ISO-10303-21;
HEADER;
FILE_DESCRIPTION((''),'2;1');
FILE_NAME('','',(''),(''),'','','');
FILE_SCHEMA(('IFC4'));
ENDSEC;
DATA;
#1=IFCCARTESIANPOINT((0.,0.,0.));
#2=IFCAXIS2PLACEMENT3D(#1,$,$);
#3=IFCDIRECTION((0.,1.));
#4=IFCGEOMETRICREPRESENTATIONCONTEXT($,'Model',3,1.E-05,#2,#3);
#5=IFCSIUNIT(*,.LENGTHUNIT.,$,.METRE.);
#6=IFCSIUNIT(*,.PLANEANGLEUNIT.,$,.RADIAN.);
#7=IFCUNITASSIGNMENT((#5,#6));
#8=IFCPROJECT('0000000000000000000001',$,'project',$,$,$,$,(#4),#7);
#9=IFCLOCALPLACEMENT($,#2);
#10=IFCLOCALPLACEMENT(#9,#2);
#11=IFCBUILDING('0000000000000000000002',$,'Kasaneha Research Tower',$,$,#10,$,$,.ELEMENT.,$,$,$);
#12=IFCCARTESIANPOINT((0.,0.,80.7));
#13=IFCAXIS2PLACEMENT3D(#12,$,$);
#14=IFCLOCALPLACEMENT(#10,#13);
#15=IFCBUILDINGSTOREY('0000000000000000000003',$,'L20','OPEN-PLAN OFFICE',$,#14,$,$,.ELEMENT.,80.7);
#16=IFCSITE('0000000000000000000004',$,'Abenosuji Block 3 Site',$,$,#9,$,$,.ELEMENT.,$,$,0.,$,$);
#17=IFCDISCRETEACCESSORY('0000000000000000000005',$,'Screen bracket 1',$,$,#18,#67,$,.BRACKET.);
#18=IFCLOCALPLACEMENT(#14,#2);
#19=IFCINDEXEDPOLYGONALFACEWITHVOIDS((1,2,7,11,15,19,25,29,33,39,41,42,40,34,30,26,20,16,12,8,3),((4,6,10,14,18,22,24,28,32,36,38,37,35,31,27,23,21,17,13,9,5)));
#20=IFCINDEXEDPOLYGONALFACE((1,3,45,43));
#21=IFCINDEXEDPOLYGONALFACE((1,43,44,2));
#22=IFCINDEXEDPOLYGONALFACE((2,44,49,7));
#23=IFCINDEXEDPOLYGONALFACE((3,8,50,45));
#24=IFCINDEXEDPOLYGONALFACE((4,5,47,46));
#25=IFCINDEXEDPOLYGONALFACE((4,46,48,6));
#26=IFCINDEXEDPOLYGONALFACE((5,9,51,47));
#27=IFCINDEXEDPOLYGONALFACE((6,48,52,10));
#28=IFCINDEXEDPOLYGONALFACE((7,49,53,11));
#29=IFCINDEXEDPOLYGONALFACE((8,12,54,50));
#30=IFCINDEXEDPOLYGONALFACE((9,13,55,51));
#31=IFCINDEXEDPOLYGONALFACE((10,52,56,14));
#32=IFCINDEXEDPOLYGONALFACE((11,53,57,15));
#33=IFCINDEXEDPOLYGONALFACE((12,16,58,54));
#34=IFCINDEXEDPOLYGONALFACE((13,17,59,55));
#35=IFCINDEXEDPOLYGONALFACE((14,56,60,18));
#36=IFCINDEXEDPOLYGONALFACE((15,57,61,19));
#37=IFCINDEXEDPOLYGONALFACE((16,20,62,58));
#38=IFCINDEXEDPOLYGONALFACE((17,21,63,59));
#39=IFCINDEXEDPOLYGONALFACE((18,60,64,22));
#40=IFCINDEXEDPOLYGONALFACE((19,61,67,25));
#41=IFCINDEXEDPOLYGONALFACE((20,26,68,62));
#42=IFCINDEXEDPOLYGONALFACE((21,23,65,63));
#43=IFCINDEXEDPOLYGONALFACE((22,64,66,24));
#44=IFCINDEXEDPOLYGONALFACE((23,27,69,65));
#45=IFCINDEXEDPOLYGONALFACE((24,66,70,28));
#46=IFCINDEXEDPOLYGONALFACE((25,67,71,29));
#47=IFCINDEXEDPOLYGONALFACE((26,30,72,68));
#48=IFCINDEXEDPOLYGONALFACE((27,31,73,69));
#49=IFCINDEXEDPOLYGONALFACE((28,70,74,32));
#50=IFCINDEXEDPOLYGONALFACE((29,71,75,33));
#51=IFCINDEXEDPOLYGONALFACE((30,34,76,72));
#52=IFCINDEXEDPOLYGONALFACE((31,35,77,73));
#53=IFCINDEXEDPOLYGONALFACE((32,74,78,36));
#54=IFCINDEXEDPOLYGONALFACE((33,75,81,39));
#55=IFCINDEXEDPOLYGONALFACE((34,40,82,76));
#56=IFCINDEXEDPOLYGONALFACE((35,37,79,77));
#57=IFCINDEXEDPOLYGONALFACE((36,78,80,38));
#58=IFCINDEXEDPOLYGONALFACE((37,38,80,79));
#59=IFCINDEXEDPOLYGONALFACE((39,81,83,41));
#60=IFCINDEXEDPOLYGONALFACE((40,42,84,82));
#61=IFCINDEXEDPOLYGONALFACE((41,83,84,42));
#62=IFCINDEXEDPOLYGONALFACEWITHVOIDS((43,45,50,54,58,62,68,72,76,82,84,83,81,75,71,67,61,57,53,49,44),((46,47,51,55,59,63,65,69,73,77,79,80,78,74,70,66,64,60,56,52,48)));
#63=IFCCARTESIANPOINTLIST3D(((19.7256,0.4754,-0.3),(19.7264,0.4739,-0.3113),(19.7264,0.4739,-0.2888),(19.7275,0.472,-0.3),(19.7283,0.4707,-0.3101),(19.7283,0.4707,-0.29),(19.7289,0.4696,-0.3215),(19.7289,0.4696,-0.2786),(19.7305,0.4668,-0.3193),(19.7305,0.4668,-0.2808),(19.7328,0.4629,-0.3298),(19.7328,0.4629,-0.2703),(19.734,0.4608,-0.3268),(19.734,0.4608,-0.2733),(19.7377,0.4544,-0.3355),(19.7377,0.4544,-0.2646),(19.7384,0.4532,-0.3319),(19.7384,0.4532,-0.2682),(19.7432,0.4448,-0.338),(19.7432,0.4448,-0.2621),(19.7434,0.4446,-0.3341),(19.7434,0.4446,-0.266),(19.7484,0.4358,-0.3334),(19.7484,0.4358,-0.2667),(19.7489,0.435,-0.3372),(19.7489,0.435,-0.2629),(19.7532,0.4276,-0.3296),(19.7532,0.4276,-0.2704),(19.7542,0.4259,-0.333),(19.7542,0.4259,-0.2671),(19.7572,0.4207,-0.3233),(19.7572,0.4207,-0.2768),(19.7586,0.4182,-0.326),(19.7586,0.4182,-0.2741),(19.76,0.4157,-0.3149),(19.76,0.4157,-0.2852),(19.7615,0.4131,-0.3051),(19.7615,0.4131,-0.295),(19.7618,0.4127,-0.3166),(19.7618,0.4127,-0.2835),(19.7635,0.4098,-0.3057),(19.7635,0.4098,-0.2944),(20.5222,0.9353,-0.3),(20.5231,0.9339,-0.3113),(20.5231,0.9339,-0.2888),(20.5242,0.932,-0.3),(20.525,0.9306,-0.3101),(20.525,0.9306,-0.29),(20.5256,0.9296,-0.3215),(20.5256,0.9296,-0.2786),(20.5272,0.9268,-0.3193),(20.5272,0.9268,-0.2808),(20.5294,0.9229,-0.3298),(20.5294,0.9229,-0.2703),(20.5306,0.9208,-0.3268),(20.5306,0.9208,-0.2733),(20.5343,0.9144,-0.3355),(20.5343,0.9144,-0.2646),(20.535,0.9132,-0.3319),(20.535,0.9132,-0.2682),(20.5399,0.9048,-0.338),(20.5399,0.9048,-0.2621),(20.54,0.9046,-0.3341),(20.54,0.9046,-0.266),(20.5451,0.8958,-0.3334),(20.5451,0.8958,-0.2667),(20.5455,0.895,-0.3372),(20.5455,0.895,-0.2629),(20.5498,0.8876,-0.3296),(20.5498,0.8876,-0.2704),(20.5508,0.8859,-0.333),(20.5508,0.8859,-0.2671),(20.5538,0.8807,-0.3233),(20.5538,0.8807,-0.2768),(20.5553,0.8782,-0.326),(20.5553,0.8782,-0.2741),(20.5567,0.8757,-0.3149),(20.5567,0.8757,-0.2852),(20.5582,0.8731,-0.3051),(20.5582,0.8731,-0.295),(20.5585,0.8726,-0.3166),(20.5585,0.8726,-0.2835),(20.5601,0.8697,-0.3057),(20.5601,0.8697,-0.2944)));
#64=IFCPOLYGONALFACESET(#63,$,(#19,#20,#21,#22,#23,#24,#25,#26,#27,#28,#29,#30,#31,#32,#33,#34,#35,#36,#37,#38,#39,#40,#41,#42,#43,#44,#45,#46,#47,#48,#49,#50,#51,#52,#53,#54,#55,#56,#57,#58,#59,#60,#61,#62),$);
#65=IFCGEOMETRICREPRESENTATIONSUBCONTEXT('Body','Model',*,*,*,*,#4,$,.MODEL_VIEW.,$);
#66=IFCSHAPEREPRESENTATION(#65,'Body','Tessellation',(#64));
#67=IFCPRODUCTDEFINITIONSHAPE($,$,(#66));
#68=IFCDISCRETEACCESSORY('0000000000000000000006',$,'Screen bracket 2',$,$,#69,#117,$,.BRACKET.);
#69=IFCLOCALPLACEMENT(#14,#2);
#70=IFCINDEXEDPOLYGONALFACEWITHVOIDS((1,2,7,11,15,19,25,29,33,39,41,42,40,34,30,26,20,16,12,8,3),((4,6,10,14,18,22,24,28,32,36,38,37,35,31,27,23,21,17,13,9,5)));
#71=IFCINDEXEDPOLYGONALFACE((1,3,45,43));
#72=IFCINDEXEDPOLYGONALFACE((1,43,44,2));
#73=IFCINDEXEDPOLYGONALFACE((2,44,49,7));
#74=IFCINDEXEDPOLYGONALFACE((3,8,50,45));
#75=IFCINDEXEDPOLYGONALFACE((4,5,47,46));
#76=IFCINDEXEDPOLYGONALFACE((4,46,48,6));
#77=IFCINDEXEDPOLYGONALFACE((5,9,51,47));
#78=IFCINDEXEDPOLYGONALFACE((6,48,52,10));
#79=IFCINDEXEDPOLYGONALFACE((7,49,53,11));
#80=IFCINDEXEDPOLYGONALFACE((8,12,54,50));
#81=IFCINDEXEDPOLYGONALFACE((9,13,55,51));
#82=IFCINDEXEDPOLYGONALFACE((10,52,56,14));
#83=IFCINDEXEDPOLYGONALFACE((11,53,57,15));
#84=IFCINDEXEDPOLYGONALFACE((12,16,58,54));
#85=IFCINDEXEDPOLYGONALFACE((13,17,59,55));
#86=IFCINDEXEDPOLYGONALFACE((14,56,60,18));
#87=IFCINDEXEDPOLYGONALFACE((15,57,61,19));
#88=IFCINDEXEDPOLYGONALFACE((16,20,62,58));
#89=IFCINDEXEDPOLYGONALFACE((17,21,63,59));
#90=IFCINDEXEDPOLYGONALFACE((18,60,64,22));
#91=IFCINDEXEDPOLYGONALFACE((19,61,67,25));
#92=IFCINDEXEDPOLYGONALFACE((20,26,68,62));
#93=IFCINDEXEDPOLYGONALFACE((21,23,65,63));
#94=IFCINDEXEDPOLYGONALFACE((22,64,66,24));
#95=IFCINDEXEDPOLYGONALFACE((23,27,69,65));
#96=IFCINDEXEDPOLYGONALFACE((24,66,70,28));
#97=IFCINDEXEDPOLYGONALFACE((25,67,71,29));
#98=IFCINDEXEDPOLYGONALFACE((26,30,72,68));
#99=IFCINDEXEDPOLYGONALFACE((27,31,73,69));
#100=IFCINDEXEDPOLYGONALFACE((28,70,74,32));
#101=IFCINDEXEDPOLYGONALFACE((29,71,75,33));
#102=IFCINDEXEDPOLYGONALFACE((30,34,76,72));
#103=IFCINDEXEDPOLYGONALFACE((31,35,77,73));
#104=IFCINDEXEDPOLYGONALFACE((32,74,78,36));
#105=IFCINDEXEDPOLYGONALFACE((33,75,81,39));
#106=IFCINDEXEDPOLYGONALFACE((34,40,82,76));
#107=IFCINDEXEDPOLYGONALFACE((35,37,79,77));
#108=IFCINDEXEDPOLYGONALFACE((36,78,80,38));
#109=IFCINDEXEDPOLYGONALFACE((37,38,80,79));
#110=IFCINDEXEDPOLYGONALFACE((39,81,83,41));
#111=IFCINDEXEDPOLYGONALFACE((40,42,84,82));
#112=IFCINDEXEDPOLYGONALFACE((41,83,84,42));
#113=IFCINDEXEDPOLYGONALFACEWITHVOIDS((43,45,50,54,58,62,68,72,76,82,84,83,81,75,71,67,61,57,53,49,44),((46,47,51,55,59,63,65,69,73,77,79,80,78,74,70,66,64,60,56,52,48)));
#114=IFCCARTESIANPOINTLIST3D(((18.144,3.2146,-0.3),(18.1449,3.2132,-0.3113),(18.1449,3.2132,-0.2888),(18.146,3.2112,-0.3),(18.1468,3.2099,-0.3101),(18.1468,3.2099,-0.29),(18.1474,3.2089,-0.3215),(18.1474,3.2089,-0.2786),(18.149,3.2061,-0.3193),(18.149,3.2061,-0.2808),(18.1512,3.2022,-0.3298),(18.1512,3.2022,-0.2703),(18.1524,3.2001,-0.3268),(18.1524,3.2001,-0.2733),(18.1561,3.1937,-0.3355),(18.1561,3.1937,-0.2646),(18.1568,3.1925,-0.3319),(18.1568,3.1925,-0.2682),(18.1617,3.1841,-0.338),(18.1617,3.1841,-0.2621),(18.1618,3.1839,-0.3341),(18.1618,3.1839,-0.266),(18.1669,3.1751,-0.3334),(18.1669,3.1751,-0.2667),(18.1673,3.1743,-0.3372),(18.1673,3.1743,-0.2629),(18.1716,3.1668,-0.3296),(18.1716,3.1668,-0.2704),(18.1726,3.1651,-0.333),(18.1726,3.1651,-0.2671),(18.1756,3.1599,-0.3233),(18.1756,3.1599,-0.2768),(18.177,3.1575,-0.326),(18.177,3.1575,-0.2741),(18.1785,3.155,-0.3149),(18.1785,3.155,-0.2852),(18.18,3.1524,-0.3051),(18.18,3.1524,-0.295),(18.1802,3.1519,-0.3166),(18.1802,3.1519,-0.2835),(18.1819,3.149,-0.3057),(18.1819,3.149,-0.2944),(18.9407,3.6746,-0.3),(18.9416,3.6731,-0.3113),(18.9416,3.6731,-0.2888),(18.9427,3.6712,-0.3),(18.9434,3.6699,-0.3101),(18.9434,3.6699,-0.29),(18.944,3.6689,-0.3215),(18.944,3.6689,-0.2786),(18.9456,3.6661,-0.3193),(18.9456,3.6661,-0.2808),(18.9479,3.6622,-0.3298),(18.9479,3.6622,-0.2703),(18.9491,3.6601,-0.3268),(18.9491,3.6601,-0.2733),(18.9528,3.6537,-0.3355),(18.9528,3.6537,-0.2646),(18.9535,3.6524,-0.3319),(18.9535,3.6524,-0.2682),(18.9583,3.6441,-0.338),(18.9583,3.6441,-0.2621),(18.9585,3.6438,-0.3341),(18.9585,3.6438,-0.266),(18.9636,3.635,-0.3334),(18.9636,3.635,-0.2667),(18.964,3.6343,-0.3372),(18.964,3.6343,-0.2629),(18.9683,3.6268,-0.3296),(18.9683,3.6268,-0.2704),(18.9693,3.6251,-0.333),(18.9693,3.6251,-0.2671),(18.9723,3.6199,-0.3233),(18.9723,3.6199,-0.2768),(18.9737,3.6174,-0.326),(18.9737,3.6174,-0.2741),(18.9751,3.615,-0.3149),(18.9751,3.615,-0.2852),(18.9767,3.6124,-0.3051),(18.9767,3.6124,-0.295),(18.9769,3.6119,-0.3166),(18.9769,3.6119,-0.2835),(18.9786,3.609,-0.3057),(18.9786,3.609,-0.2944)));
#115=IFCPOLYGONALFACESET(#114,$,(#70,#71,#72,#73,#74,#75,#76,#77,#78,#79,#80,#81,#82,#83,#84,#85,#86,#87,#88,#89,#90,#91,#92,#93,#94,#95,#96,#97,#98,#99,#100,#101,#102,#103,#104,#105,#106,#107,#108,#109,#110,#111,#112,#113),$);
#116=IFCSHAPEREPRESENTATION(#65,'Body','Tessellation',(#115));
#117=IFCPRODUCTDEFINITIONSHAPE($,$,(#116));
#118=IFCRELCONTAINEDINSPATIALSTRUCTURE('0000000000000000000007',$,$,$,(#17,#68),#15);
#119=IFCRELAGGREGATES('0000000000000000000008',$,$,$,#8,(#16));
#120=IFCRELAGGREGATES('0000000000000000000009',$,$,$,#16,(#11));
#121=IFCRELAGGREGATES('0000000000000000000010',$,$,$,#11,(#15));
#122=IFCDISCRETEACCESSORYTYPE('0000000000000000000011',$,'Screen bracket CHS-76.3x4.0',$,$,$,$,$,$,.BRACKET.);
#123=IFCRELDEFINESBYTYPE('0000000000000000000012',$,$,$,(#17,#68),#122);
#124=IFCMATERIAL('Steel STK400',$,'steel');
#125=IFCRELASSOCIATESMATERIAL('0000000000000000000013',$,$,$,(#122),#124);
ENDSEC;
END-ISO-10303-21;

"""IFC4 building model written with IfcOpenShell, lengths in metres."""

from ifc_helpers import new_model, si_unit, direction, frame, origin, origin_2d, place, context, subcontext, project, spatial, hollow_circle, extrude, material, material_profile, profile_set, type_object, element, save


model = new_model("IFC4")

# Units and contexts
model_context = context("Model", 3, precision=1e-05, world=origin(), true_north=direction((0.0, 1.0)))
body_context = subcontext(model_context, "Body", "Model", "MODEL_VIEW")
ifc_project = project(units=[si_unit("LENGTHUNIT", "METRE"), si_unit("PLANEANGLEUNIT", "RADIAN")], contexts=[model_context])

# Site, building, storey
site_placement = place(None, origin())
site = spatial("IfcSite", under=ifc_project, at=site_placement, Name="Abenosuji Block 3 Site", CompositionType="ELEMENT", RefElevation=0.0)
building_placement = place(site_placement, origin())
building = spatial("IfcBuilding", under=site, at=building_placement, Name="Kasaneha Research Tower", CompositionType="ELEMENT")
storey_placement = place(building_placement, frame((0.0, 0.0, 80.7)))
storey = spatial("IfcBuildingStorey", under=building, at=storey_placement, Name="L20", Description="OPEN-PLAN OFFICE", CompositionType="ELEMENT", Elevation=80.7)

# Discrete accessories
ifc_material_1 = material(Name="Steel STK400", Category="steel")
ifc_material_profile_1 = material_profile(ifc_material_1, hollow_circle(Radius=0.0381, WallThickness=0.0039, at=origin_2d()), Name="CHS-76.3x4.0")
ifc_profile_set_1 = profile_set([ifc_material_profile_1], Name="Steel STK400")
discrete_accessory_type = type_object("IfcDiscreteAccessoryType", Name="Screen bracket CHS-76.3x4.0", PredefinedType="BRACKET", material=ifc_profile_set_1)
for number, where, z_axis, x_axis, name in (
    (1, (19.7446, 0.4424, -0.3), (0.866013, 0.500021, 0.0), (-0.500021, 0.866013, 0.0), "Screen bracket 1"),
    (2, (18.1631, 3.1816, -0.3), (0.866013, 0.500021, 0.0), (-0.500021, 0.866013, 0.0), "Screen bracket 2"),
):
    element("IfcDiscreteAccessory", number, at=place(storey_placement, frame(where, z_axis=z_axis, x_axis=x_axis)), inside=storey, type_object=discrete_accessory_type, Name=name, PredefinedType="BRACKET", context=body_context, shape_type="SweptSolid", body=[
        extrude(hollow_circle(Radius=0.0381, WallThickness=0.0039, at=origin_2d()), origin(), (0.0, 0.0, 1.0), 0.9199),
    ])

save(model, "model.ifc")
